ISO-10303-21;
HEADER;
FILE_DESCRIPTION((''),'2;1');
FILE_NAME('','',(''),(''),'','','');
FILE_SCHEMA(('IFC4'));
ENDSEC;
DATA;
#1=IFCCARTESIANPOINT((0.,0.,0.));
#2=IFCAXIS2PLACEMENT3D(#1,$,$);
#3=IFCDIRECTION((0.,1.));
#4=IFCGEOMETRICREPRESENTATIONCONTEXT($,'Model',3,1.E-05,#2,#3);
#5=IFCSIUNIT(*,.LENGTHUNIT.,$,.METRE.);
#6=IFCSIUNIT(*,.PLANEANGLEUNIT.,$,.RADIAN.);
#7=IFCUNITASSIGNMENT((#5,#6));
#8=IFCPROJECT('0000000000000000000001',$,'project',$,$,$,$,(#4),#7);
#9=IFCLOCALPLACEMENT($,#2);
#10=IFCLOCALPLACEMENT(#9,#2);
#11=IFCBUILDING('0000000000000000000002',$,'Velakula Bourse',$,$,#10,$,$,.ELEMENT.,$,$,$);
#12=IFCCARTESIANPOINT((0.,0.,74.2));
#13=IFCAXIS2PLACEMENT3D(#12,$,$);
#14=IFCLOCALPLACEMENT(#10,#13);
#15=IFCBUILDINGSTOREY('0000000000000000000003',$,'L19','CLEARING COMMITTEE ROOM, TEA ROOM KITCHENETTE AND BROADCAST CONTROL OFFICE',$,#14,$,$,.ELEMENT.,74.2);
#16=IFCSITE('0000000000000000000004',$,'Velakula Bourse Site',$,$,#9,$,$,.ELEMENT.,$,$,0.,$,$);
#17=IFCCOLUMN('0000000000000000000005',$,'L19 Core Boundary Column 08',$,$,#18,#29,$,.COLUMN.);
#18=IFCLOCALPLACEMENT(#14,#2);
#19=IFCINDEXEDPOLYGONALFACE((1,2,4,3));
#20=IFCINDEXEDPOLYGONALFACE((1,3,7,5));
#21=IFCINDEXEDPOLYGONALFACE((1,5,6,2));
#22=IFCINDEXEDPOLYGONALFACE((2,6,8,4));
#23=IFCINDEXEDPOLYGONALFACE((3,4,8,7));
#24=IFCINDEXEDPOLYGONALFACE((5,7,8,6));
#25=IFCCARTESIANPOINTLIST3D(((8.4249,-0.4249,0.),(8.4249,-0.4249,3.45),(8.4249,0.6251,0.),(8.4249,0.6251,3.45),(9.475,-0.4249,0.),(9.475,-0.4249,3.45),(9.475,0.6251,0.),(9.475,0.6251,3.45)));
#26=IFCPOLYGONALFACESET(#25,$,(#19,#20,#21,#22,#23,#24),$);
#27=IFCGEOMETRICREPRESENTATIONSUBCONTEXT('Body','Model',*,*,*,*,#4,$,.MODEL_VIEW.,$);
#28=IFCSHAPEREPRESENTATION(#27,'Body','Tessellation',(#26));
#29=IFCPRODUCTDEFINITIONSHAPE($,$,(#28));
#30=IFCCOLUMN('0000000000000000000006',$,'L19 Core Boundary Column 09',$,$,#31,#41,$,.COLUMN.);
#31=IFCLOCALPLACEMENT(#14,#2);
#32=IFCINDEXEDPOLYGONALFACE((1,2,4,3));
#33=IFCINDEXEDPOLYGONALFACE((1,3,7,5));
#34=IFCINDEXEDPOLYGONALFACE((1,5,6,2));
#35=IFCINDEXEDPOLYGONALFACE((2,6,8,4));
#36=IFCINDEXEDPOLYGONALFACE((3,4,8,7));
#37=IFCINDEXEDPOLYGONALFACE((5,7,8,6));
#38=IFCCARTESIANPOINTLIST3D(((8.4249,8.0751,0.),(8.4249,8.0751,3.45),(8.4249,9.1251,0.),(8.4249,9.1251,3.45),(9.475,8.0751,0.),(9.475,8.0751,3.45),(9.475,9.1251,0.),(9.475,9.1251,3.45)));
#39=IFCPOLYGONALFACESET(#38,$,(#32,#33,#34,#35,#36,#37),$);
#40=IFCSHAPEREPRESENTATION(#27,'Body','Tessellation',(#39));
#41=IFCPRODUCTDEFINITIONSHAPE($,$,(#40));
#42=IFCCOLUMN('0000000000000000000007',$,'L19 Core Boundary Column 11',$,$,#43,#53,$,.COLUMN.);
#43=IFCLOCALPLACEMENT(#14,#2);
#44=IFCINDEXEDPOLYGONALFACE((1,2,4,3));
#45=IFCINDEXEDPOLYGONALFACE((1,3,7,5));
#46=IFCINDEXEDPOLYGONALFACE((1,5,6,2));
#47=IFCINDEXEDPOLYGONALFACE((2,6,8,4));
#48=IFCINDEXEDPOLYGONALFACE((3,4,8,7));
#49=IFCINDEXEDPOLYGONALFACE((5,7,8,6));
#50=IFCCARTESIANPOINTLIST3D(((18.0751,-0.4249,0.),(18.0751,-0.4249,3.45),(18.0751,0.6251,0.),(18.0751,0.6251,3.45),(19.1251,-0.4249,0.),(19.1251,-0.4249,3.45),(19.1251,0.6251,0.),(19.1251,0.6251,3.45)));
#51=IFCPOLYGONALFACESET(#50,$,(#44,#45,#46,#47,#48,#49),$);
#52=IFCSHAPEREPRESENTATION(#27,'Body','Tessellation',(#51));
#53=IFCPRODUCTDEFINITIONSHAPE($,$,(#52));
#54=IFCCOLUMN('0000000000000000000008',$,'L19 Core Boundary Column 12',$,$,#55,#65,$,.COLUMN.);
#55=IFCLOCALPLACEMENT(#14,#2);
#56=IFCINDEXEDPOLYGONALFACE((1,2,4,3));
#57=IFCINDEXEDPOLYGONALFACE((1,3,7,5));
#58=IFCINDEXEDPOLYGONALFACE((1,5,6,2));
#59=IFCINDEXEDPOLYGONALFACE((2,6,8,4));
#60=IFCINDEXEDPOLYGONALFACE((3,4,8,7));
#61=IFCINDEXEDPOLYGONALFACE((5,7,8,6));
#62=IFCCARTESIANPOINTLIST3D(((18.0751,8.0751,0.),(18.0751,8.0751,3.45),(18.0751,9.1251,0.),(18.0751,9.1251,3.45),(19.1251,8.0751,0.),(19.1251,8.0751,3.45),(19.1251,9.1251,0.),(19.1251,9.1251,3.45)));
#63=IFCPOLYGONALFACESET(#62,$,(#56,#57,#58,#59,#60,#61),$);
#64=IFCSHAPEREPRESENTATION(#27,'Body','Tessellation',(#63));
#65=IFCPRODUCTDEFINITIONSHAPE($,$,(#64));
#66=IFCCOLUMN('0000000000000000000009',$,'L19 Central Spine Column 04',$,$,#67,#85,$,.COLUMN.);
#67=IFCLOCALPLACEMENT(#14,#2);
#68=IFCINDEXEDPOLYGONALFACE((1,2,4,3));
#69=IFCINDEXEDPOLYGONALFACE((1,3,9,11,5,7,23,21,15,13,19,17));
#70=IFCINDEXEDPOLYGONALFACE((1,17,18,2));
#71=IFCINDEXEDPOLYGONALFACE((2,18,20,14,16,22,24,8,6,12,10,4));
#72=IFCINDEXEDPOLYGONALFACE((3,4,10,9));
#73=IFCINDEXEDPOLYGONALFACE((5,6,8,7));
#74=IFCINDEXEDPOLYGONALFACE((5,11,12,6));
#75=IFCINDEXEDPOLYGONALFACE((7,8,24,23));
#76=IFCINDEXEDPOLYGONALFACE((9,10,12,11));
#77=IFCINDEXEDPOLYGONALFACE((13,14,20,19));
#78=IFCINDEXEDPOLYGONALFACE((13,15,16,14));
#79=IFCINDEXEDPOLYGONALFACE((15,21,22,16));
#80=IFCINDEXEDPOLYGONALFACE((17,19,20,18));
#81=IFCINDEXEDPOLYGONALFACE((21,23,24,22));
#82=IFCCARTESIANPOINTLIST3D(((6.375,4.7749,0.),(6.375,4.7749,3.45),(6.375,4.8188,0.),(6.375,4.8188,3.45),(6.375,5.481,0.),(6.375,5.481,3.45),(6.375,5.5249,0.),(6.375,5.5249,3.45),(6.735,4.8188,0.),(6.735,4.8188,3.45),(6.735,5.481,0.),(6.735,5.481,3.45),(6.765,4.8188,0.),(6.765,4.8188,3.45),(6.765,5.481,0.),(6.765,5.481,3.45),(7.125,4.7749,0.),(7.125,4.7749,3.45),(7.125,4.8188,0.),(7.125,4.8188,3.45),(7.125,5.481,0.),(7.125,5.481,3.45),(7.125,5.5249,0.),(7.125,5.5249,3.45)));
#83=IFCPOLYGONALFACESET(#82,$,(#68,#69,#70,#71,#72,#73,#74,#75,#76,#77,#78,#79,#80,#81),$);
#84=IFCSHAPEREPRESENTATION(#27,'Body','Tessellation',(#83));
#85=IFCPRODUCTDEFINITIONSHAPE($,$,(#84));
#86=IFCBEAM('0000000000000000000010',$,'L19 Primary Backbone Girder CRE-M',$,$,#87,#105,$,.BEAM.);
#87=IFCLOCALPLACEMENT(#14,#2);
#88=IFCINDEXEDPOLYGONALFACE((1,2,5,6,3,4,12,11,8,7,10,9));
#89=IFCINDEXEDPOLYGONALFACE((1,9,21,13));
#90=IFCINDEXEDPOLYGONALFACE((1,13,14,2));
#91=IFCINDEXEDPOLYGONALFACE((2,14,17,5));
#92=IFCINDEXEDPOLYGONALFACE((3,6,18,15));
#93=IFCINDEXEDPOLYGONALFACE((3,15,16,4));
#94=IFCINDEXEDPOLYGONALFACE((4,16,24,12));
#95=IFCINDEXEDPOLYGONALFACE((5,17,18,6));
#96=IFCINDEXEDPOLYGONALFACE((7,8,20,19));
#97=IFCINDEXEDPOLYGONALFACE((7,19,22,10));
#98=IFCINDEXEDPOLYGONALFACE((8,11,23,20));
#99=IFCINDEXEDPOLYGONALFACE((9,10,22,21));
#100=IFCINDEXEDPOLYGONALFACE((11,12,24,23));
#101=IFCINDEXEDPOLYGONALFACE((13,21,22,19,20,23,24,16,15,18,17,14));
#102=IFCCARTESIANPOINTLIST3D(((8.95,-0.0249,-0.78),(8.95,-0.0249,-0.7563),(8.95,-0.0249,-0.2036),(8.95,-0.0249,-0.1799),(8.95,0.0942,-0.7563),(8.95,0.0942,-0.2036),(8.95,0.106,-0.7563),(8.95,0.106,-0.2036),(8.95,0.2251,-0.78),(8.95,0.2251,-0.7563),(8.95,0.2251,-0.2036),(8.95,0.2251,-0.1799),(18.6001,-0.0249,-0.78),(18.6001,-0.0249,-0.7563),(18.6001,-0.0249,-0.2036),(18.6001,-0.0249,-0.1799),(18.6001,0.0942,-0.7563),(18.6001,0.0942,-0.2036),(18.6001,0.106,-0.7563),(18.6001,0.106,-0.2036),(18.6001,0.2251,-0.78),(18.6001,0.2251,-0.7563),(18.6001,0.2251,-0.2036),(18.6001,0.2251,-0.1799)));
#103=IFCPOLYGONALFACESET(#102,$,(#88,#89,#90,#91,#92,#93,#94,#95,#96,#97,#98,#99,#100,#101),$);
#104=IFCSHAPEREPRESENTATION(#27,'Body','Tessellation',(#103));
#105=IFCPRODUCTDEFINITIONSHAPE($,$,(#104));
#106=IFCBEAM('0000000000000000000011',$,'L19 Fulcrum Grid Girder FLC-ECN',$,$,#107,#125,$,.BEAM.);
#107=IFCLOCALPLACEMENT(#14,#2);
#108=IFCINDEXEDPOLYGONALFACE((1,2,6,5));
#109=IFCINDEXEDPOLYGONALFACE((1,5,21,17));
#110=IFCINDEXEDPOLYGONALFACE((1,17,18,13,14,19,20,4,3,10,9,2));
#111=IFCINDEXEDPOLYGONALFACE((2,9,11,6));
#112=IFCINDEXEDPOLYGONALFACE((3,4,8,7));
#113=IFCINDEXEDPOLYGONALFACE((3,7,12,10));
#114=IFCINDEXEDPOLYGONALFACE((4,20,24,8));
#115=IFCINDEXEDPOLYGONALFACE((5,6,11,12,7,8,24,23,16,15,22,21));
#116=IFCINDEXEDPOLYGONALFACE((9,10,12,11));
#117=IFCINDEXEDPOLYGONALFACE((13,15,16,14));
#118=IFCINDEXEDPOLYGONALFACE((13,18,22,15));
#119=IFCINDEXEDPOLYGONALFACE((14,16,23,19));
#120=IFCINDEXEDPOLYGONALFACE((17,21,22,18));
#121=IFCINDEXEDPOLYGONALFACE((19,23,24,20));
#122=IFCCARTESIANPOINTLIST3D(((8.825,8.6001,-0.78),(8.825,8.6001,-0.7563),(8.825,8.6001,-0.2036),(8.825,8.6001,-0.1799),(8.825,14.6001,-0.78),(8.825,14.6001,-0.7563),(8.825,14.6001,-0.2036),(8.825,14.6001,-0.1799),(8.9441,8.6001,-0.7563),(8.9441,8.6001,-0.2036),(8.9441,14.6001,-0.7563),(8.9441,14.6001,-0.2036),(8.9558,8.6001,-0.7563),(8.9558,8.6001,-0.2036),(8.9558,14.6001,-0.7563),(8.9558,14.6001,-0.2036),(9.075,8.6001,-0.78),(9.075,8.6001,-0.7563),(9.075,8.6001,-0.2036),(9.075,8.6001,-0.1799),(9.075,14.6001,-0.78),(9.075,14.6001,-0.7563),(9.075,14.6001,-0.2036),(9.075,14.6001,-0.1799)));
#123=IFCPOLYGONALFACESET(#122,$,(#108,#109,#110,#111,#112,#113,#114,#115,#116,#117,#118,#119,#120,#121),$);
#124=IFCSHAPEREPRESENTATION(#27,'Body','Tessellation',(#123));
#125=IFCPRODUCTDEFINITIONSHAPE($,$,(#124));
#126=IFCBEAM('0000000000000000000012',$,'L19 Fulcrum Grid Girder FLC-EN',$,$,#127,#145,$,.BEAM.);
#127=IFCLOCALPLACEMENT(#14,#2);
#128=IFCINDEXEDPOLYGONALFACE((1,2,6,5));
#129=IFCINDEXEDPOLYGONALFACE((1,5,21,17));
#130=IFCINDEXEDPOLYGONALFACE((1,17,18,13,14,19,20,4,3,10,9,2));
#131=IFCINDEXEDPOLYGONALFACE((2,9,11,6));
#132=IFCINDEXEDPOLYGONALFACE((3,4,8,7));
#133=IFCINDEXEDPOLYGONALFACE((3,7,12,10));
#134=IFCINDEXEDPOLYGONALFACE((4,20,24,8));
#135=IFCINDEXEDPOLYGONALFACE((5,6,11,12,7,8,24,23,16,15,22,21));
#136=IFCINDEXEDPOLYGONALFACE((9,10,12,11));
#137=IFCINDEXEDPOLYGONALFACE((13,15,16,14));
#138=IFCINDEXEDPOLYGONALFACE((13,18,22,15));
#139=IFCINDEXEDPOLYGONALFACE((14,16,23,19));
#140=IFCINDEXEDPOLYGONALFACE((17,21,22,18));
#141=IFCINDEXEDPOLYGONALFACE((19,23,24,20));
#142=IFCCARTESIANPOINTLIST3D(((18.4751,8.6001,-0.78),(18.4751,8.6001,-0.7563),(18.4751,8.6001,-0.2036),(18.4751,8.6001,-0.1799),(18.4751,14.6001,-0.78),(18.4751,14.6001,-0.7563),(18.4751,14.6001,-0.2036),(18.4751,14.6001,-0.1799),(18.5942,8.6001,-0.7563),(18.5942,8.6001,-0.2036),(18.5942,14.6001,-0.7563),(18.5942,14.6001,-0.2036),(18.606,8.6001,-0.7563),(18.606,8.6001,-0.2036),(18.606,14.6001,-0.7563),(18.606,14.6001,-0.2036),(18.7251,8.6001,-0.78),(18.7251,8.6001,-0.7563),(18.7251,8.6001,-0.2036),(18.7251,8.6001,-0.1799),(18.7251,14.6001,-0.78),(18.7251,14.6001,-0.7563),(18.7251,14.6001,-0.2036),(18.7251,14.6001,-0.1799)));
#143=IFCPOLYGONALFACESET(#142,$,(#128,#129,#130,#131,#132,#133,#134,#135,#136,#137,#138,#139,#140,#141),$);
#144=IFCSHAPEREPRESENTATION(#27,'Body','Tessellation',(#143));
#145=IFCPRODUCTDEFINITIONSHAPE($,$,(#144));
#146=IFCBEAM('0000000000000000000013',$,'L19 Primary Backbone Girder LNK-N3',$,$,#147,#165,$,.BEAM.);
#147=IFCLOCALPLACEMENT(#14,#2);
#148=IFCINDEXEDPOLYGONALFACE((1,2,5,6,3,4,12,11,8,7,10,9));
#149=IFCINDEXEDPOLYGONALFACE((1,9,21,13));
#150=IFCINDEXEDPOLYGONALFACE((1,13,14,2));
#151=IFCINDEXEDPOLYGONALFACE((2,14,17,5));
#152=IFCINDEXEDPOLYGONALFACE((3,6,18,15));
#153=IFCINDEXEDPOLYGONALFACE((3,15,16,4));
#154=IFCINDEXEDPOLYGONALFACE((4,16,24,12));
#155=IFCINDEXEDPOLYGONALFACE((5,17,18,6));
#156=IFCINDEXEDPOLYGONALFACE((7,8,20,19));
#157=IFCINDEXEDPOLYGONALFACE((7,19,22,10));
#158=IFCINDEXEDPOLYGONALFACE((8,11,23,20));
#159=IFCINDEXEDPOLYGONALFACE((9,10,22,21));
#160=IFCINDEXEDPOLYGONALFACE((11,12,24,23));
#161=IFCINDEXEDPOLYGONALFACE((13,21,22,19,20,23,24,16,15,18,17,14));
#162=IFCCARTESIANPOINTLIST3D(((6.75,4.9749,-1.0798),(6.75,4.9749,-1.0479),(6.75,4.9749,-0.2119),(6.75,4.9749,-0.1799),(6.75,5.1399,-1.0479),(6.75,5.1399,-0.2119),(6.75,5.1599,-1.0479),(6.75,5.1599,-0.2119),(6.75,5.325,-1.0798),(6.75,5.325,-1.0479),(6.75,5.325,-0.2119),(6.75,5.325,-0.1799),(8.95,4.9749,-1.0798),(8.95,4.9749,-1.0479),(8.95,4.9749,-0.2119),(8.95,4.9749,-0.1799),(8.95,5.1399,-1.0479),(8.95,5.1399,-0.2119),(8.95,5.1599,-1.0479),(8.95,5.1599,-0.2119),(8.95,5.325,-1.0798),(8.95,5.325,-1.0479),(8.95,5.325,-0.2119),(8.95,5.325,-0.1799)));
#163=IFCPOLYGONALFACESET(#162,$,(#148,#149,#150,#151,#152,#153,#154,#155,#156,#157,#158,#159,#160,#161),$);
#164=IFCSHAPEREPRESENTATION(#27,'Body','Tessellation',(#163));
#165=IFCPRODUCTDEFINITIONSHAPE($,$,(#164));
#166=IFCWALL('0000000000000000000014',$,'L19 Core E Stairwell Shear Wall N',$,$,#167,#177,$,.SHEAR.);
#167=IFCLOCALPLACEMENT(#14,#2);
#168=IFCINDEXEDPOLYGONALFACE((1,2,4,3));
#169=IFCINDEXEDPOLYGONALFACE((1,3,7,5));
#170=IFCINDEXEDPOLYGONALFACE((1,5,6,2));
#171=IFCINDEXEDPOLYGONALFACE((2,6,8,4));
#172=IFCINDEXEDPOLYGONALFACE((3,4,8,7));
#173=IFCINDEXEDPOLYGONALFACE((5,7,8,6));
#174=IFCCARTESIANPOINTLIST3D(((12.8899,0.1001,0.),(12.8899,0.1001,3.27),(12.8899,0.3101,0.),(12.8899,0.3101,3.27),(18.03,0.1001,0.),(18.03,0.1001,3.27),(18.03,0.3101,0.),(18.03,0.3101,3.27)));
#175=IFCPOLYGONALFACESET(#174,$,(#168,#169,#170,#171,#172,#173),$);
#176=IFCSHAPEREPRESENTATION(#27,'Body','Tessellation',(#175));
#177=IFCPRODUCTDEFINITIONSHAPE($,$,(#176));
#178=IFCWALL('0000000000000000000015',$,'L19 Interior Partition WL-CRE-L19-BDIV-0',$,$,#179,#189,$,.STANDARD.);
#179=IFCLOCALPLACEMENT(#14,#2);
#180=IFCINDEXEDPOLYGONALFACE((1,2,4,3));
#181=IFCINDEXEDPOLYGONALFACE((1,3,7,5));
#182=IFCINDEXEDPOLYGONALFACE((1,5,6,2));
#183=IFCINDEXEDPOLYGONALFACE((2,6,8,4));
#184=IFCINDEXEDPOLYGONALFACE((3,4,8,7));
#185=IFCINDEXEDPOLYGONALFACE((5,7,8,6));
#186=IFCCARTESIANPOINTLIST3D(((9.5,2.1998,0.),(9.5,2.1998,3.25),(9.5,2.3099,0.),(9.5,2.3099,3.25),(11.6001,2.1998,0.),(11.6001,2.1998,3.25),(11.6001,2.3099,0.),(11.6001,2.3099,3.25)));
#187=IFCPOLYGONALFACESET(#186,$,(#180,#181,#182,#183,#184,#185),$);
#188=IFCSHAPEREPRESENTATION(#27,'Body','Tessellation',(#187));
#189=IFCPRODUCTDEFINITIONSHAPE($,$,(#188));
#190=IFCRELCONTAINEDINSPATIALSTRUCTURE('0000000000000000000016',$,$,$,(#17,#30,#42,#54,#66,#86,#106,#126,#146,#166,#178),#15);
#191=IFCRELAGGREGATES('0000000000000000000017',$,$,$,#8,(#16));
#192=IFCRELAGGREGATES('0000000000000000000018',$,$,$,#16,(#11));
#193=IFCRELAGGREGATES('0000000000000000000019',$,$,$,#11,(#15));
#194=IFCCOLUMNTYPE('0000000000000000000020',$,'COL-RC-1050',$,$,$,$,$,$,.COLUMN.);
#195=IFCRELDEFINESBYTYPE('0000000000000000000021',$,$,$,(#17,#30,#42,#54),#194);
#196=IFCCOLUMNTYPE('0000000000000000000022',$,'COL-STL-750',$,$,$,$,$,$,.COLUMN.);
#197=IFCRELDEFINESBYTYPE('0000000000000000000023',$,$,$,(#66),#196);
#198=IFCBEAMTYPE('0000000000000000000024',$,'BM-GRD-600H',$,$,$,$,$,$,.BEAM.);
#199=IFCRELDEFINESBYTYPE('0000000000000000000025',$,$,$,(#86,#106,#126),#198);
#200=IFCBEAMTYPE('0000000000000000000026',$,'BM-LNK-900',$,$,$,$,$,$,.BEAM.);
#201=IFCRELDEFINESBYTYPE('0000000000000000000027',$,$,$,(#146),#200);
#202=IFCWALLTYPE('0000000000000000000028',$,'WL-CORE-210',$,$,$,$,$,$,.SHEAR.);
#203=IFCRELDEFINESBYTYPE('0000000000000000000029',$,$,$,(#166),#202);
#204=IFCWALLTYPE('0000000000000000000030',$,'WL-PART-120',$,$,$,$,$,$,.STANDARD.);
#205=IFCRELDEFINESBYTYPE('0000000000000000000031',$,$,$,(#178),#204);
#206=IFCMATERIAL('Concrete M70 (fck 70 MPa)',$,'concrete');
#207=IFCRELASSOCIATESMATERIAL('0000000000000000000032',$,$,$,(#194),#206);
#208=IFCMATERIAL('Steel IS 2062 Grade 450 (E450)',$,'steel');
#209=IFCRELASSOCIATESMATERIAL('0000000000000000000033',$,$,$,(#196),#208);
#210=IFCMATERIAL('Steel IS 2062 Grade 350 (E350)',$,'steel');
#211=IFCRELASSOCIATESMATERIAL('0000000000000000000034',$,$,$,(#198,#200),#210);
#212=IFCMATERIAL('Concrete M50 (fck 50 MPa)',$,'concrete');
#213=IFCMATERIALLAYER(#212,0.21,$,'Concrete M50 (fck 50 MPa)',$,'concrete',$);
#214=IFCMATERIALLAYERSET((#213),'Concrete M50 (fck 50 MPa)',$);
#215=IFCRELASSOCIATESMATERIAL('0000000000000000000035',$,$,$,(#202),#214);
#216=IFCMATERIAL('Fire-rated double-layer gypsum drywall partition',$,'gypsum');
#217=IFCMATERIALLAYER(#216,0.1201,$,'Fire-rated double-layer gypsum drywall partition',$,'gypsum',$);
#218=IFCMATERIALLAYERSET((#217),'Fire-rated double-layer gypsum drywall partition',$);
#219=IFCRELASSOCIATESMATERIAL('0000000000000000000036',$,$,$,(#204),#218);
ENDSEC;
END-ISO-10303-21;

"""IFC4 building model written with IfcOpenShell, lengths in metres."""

from ifc_helpers import new_model, si_unit, direction, frame, frame_2d, origin, origin_2d, place, context, subcontext, project, spatial, rectangle, i_section, extrude, material, layer, layer_set, material_profile, profile_set, type_object, element, save


model = new_model("IFC4")

# Units and contexts
model_context = context("Model", 3, precision=1e-05, world=origin(), true_north=direction((0.0, 1.0)))
body_context = subcontext(model_context, "Body", "Model", "MODEL_VIEW")
ifc_project = project(units=[si_unit("LENGTHUNIT", "METRE"), si_unit("PLANEANGLEUNIT", "RADIAN")], contexts=[model_context])

# Site, building, storey
site_placement = place(None, origin())
site = spatial("IfcSite", under=ifc_project, at=site_placement, Name="Velakula Bourse Site", CompositionType="ELEMENT", RefElevation=0.0)
building_placement = place(site_placement, origin())
building = spatial("IfcBuilding", under=site, at=building_placement, Name="Velakula Bourse", CompositionType="ELEMENT")
storey_placement = place(building_placement, frame((0.0, 0.0, 74.2)))
storey = spatial("IfcBuildingStorey", under=building, at=storey_placement, Name="L19", Description="CLEARING COMMITTEE ROOM, TEA ROOM KITCHENETTE AND BROADCAST CONTROL OFFICE", CompositionType="ELEMENT", Elevation=74.2)

# Columns
ifc_material_1 = material(Name="Concrete M70 (fck 70 MPa)", Category="concrete")
ifc_material_profile_1 = material_profile(ifc_material_1, rectangle(XDim=1.05, YDim=1.05, at=origin_2d()), Name="Concrete M70 (fck 70 MPa)")
ifc_profile_set_1 = profile_set([ifc_material_profile_1], Name="Concrete M70 (fck 70 MPa)")
column_type_1 = type_object("IfcColumnType", Name="COL-RC-1050", PredefinedType="COLUMN", material=ifc_profile_set_1)
for number, where, z_axis, x_axis, name in (
    (1, (8.95, 0.1001, 0.0), (0.0, 0.0, 1.0), (1.0, 0.0, 0.0), "L19 Core Boundary Column 08"),
    (2, (8.95, 8.6001, 0.0), (0.0, 0.0, 1.0), (1.0, 0.0, 0.0), "L19 Core Boundary Column 09"),
    (3, (18.6001, 0.1001, 0.0), (0.0, 0.0, 1.0), (1.0, 0.0, 0.0), "L19 Core Boundary Column 11"),
    (4, (18.6001, 8.6001, 0.0), (0.0, 0.0, 1.0), (1.0, 0.0, 0.0), "L19 Core Boundary Column 12"),
):
    element("IfcColumn", number, at=place(storey_placement, frame(where, z_axis=z_axis, x_axis=x_axis)), inside=storey, type_object=column_type_1, Name=name, PredefinedType="COLUMN", context=body_context, shape_type="SweptSolid", body=[
        extrude(rectangle(XDim=1.05, YDim=1.05, at=origin_2d()), origin(), (0.0, 0.0, 1.0), 3.45),
    ])
ifc_material_2 = material(Name="Steel IS 2062 Grade 450 (E450)", Category="steel")
ifc_material_profile_2 = material_profile(ifc_material_2, i_section(OverallWidth=0.75, OverallDepth=0.75, WebThickness=0.03, FlangeThickness=0.0439, at=origin_2d()), Name="Steel IS 2062 Grade 450 (E450)")
ifc_profile_set_2 = profile_set([ifc_material_profile_2], Name="Steel IS 2062 Grade 450 (E450)")
column_type_2 = type_object("IfcColumnType", Name="COL-STL-750", PredefinedType="COLUMN", material=ifc_profile_set_2)
column_placement = place(storey_placement, frame((6.75, 5.1499, 0.0), z_axis=(0.0, 0.0, 1.0), x_axis=(1.0, 0.0, 0.0)))
element("IfcColumn", 5, at=column_placement, inside=storey, type_object=column_type_2, Name="L19 Central Spine Column 04", PredefinedType="COLUMN", context=body_context, shape_type="SweptSolid", body=[
    extrude(i_section(OverallWidth=0.75, OverallDepth=0.75, WebThickness=0.03, FlangeThickness=0.0439, at=origin_2d()), origin(), (0.0, 0.0, 1.0), 3.45),
])

# Beams
ifc_material_3 = material(Name="Steel IS 2062 Grade 350 (E350)", Category="steel")
ifc_material_profile_3 = material_profile(ifc_material_3, i_section(OverallWidth=0.25, OverallDepth=0.6001, WebThickness=0.0117, FlangeThickness=0.0237, at=origin_2d()), Name="Steel IS 2062 Grade 350 (E350)")
ifc_profile_set_3 = profile_set([ifc_material_profile_3], Name="Steel IS 2062 Grade 350 (E350)")
beam_type_1 = type_object("IfcBeamType", Name="BM-GRD-600H", PredefinedType="BEAM", material=ifc_profile_set_3)
beam_1_placement = place(storey_placement, frame((8.95, 0.1001, -0.48), z_axis=(1.0, 0.0, 0.0), x_axis=(0.0, 1.0, 0.0)))
element("IfcBeam", 6, at=beam_1_placement, inside=storey, type_object=beam_type_1, Name="L19 Primary Backbone Girder CRE-M", PredefinedType="BEAM", context=body_context, shape_type="SweptSolid", body=[
    extrude(i_section(OverallWidth=0.25, OverallDepth=0.6001, WebThickness=0.0117, FlangeThickness=0.0237, at=origin_2d()), origin(), (0.0, 0.0, 1.0), 9.6501),
])
for number, where, z_axis, x_axis, name in (
    (7, (8.95, 8.6001, -0.48), (0.0, 1.0, 0.0), (-1.0, 0.0, 0.0), "L19 Fulcrum Grid Girder FLC-ECN"),
    (8, (18.6001, 8.6001, -0.48), (0.0, 1.0, 0.0), (-1.0, 0.0, 0.0), "L19 Fulcrum Grid Girder FLC-EN"),
):
    element("IfcBeam", number, at=place(storey_placement, frame(where, z_axis=z_axis, x_axis=x_axis)), inside=storey, type_object=beam_type_1, Name=name, PredefinedType="BEAM", context=body_context, shape_type="SweptSolid", body=[
        extrude(i_section(OverallWidth=0.25, OverallDepth=0.6001, WebThickness=0.0117, FlangeThickness=0.0237, at=origin_2d()), origin(), (0.0, 0.0, 1.0), 6.0),
    ])
ifc_material_profile_4 = material_profile(ifc_material_3, i_section(OverallWidth=0.3501, OverallDepth=0.8999, WebThickness=0.02, FlangeThickness=0.032, at=origin_2d()), Name="Steel IS 2062 Grade 350 (E350)")
ifc_profile_set_4 = profile_set([ifc_material_profile_4], Name="Steel IS 2062 Grade 350 (E350)")
beam_type_2 = type_object("IfcBeamType", Name="BM-LNK-900", PredefinedType="BEAM", material=ifc_profile_set_4)
beam_2_placement = place(storey_placement, frame((6.75, 5.1499, -0.6299), z_axis=(1.0, 0.0, 0.0), x_axis=(0.0, 1.0, 0.0)))
element("IfcBeam", 9, at=beam_2_placement, inside=storey, type_object=beam_type_2, Name="L19 Primary Backbone Girder LNK-N3", PredefinedType="BEAM", context=body_context, shape_type="SweptSolid", body=[
    extrude(i_section(OverallWidth=0.3501, OverallDepth=0.8999, WebThickness=0.02, FlangeThickness=0.032, at=origin_2d()), origin(), (0.0, 0.0, 1.0), 2.2),
])

# Walls
ifc_material_4 = material(Name="Concrete M50 (fck 50 MPa)", Category="concrete")
ifc_layer_1 = layer(ifc_material_4, 0.21, Name="Concrete M50 (fck 50 MPa)", Category="concrete")
ifc_layer_set_1 = layer_set([ifc_layer_1], Name="Concrete M50 (fck 50 MPa)")
wall_type_1 = type_object("IfcWallType", Name="WL-CORE-210", PredefinedType="SHEAR", material=ifc_layer_set_1)
wall_1_placement = place(storey_placement, frame((18.03, 0.2051, 0.0), z_axis=(0.0, 0.0, 1.0), x_axis=(-1.0, 0.0, 0.0)))
element("IfcWall", 10, at=wall_1_placement, inside=storey, type_object=wall_type_1, Name="L19 Core E Stairwell Shear Wall N", PredefinedType="SHEAR", context=body_context, shape_type="SweptSolid", body=[
    extrude(rectangle(XDim=5.1401, YDim=0.21, at=frame_2d((2.5701, 0.0))), origin(), (0.0, 0.0, 1.0), 3.27),
])
ifc_material_5 = material(Name="Fire-rated double-layer gypsum drywall partition", Category="gypsum")
ifc_layer_2 = layer(ifc_material_5, 0.1201, Name="Fire-rated double-layer gypsum drywall partition", Category="gypsum")
ifc_layer_set_2 = layer_set([ifc_layer_2], Name="Fire-rated double-layer gypsum drywall partition")
wall_type_2 = type_object("IfcWallType", Name="WL-PART-120", PredefinedType="STANDARD", material=ifc_layer_set_2)
for number, where, z_axis, x_axis, name in (
    (11, (9.5, 2.2549, 0.0), (0.0, 0.0, 1.0), (1.0, 0.0, 0.0), "L19 Interior Partition WL-CRE-L19-BDIV-0"),
):
    element("IfcWall", number, at=place(storey_placement, frame(where, z_axis=z_axis, x_axis=x_axis)), inside=storey, type_object=wall_type_2, Name=name, PredefinedType="STANDARD", context=body_context, shape_type="SweptSolid", body=[
        extrude(rectangle(XDim=2.1001, YDim=0.1101, at=frame_2d((1.05, 0.0))), origin(), (0.0, 0.0, 1.0), 3.25),
    ])

save(model, "model.ifc")
